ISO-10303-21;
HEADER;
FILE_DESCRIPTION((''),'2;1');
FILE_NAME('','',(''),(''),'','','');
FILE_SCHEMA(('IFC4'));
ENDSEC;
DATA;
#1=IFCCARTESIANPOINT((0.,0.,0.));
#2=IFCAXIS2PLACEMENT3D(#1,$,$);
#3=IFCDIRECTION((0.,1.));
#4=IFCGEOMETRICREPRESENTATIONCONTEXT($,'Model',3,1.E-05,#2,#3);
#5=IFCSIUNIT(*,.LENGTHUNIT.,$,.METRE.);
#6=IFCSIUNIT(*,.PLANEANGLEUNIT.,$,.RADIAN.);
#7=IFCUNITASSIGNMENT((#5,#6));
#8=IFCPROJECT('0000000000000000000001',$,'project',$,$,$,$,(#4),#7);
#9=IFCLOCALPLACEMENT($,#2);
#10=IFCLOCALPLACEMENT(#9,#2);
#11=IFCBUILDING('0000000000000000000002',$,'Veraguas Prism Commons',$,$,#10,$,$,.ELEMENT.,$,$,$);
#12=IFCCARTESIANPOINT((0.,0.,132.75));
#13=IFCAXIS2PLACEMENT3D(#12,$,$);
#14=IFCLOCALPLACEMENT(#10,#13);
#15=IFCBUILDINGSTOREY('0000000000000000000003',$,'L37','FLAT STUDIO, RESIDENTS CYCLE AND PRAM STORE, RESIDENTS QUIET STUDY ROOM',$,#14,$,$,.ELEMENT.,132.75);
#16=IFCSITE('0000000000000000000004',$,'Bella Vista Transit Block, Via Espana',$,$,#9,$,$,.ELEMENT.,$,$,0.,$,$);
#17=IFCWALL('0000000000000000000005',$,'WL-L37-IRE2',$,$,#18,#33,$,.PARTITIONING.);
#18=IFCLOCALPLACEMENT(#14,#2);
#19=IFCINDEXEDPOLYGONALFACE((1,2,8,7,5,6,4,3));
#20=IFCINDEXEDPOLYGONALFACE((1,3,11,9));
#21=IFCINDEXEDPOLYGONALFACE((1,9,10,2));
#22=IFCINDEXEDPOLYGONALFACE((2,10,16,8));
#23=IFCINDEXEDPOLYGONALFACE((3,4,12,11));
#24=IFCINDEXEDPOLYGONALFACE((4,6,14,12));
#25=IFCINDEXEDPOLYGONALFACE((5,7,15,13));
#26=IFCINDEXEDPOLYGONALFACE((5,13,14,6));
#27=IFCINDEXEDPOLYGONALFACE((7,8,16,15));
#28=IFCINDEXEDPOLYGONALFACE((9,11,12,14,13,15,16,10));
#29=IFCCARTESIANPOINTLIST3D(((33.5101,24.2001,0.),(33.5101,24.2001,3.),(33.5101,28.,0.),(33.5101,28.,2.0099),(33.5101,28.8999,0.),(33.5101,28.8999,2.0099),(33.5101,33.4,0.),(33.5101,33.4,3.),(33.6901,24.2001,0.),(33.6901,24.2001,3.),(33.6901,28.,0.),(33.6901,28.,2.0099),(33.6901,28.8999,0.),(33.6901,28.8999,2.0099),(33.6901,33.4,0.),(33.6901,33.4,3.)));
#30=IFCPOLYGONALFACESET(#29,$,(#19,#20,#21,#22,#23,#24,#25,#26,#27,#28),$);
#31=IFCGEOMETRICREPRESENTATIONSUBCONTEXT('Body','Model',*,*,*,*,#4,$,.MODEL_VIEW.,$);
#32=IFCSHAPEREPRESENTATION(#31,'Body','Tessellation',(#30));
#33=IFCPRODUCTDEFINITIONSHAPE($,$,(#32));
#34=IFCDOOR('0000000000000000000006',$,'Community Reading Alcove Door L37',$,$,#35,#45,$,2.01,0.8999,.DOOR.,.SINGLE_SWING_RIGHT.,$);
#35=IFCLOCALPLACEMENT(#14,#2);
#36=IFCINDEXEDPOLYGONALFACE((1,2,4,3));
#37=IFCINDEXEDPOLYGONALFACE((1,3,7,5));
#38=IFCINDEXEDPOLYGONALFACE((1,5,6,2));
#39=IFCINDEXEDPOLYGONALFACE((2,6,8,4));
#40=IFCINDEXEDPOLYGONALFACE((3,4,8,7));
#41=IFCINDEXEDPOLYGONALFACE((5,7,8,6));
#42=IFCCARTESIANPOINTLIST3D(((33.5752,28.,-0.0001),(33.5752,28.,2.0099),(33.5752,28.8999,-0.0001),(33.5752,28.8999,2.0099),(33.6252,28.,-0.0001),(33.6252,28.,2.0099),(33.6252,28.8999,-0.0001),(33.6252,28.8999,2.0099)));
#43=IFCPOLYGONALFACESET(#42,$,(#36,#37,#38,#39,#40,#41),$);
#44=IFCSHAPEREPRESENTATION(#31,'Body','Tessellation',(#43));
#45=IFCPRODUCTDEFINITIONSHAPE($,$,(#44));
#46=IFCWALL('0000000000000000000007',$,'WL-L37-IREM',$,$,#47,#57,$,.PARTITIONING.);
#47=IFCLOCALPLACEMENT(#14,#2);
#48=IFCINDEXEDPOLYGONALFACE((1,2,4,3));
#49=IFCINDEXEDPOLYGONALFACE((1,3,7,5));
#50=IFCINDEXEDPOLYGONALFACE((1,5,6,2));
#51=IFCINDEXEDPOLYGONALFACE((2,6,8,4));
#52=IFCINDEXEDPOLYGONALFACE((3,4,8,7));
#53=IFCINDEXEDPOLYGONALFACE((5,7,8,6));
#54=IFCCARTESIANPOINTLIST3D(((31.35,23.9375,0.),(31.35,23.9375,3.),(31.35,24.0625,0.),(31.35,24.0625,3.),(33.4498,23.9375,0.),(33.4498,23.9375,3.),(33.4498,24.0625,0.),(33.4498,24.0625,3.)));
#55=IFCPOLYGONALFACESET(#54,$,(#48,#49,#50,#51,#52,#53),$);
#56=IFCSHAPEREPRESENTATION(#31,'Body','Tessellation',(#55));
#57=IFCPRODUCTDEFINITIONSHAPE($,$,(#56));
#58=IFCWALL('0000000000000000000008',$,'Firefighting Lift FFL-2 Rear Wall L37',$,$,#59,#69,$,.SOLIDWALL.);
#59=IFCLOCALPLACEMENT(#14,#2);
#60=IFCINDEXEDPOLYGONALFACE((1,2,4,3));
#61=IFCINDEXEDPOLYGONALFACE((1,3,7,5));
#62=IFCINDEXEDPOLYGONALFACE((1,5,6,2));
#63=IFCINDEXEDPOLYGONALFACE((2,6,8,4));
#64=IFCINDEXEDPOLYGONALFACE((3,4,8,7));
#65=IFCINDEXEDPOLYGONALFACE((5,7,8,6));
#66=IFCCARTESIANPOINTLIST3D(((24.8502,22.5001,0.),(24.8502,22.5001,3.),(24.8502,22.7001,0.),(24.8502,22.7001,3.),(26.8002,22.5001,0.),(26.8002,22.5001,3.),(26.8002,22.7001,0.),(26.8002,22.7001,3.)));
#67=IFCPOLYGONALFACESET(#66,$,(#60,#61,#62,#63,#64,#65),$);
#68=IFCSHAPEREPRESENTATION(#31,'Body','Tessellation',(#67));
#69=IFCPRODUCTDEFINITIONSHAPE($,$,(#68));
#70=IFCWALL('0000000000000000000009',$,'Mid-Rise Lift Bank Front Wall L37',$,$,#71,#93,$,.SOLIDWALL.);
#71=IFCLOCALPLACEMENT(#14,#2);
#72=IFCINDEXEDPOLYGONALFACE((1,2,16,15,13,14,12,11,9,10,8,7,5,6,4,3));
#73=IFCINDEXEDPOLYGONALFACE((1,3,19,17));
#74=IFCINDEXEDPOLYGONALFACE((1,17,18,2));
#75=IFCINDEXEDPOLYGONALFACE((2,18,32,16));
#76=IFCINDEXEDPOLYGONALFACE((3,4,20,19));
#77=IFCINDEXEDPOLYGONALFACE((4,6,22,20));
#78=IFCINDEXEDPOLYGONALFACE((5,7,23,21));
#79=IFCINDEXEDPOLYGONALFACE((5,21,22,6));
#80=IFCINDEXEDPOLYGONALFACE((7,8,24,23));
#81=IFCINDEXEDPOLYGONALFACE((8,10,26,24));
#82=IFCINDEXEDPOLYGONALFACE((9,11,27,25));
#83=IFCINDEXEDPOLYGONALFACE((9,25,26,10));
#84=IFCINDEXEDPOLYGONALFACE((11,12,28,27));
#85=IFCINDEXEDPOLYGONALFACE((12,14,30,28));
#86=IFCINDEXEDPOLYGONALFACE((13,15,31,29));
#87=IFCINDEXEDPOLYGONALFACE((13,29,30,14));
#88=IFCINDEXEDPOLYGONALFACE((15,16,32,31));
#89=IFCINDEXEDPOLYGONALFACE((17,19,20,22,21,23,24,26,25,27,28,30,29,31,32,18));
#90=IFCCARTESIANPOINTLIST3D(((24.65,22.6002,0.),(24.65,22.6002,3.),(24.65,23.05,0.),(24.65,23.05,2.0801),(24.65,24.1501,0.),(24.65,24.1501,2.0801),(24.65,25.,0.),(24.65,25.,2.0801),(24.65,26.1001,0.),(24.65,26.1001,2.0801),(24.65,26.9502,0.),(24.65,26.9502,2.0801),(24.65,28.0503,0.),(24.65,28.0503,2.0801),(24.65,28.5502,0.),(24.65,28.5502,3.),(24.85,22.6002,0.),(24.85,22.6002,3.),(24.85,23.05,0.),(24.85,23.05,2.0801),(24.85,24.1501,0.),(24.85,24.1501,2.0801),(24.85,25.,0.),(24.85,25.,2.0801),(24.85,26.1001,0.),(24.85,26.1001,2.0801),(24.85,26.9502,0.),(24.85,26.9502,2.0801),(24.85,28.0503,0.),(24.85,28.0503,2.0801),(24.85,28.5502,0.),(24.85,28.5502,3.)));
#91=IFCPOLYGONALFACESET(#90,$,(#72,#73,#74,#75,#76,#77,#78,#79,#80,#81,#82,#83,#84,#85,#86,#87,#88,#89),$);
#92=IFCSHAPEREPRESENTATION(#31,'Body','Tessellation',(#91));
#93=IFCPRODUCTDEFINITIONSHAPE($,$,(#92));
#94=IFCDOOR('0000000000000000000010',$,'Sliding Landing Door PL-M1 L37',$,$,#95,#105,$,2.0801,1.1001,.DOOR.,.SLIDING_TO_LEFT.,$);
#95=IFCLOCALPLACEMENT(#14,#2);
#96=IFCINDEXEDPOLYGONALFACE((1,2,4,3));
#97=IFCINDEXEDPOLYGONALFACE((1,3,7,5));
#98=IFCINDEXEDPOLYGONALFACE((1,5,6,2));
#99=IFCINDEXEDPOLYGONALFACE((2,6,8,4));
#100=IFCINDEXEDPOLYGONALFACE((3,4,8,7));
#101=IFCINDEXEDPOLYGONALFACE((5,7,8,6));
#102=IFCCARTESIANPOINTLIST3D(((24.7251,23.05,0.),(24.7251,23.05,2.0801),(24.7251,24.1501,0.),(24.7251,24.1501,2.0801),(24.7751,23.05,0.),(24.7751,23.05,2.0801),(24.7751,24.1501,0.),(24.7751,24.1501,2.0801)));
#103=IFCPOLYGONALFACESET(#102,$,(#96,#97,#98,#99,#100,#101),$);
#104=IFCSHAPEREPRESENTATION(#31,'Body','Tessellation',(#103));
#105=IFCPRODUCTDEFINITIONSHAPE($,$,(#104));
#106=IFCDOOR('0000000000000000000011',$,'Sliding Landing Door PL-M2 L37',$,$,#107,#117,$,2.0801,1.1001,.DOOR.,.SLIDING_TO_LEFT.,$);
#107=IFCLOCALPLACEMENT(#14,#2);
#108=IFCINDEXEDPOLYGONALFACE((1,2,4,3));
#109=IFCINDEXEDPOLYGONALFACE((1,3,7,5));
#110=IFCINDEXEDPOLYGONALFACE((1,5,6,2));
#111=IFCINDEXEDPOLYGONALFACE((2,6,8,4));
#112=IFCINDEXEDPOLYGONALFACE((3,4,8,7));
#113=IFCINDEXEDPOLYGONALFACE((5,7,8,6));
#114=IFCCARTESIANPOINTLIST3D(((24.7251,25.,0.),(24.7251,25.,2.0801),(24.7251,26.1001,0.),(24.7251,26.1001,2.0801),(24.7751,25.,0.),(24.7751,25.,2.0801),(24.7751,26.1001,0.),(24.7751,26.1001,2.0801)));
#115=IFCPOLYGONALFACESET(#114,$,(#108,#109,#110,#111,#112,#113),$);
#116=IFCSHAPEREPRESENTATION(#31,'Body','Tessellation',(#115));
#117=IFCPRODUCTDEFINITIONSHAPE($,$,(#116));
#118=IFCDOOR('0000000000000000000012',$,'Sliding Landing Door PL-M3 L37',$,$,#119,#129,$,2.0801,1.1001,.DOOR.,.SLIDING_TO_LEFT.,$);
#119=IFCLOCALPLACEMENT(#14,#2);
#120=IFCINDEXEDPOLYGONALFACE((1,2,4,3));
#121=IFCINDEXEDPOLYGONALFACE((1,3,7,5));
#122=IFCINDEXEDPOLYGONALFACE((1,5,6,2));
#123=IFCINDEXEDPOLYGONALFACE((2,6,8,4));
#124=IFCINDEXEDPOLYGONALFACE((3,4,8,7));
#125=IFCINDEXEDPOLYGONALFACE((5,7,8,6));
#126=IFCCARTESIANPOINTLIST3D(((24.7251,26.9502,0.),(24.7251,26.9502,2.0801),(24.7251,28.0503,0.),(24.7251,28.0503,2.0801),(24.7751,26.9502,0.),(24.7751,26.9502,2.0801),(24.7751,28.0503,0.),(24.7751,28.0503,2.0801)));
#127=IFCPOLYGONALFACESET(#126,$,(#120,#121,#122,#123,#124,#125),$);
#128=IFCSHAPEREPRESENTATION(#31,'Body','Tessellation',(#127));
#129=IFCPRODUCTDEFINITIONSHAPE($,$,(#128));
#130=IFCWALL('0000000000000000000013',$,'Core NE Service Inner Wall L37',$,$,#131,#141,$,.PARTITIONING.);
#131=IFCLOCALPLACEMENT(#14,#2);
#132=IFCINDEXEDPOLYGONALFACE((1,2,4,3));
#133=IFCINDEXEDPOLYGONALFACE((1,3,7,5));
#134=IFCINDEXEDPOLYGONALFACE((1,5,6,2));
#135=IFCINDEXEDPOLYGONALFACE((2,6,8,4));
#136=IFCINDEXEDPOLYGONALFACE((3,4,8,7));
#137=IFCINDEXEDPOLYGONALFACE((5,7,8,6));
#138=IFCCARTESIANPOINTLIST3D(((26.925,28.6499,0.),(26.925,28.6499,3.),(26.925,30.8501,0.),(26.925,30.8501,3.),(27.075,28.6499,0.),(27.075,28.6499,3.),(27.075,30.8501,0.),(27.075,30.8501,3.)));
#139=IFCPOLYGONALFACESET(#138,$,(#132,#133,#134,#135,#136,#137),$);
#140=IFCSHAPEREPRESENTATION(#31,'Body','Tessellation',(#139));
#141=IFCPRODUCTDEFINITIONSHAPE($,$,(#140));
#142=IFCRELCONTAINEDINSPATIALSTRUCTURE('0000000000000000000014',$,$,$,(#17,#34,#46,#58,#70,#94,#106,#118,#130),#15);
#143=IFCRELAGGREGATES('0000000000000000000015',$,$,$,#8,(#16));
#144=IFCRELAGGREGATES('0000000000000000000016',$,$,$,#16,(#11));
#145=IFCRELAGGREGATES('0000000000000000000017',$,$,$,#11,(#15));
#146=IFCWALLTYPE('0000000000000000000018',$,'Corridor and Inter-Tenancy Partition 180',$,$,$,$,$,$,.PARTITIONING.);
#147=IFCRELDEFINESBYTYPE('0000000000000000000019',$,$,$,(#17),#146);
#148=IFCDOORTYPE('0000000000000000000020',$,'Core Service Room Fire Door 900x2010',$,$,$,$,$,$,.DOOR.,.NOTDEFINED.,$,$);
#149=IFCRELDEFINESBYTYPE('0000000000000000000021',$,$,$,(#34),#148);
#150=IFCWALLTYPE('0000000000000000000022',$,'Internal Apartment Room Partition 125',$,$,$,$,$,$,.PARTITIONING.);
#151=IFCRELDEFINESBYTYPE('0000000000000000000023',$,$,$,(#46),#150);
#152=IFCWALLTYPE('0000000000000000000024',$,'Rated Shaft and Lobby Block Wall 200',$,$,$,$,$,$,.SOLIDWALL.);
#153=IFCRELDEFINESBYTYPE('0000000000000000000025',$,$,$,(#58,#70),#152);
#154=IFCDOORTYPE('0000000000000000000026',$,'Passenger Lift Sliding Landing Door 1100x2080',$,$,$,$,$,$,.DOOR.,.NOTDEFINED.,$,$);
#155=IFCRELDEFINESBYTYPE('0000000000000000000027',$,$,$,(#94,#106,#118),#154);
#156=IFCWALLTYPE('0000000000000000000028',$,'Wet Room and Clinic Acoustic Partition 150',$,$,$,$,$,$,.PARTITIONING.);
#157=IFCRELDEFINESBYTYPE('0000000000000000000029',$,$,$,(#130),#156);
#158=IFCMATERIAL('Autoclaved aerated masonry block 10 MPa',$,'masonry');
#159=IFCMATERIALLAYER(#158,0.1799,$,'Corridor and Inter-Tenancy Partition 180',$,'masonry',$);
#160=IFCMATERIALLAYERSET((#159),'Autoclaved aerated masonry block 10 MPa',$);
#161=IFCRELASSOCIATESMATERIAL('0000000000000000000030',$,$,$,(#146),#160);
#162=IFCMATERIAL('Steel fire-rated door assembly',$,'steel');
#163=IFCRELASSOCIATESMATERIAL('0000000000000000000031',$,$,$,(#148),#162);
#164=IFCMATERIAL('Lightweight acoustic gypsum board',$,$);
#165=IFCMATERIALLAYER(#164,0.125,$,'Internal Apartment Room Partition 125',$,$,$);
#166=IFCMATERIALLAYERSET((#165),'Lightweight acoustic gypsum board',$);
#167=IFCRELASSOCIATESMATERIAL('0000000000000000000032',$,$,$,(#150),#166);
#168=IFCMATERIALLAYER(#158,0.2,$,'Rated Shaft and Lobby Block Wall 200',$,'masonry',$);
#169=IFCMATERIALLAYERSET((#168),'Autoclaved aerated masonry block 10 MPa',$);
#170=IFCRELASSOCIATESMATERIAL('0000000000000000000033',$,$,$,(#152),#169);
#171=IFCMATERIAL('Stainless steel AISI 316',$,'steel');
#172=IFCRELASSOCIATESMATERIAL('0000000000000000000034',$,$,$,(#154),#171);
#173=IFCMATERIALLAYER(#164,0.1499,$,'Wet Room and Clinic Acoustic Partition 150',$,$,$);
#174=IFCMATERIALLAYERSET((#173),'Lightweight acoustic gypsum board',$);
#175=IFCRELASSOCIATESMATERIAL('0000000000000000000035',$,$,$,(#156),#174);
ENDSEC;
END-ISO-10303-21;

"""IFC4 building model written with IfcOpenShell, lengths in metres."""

from ifc_helpers import new_model, si_unit, direction, frame, frame_2d, origin, place, context, subcontext, project, spatial, rectangle, extrude, source, transform, mapped, material, layer, layer_set, type_object, element, fill, save


model = new_model("IFC4")

# Units and contexts
model_context = context("Model", 3, precision=1e-05, world=origin(), true_north=direction((0.0, 1.0)))
body_context = subcontext(model_context, "Body", "Model", "MODEL_VIEW")
ifc_project = project(units=[si_unit("LENGTHUNIT", "METRE"), si_unit("PLANEANGLEUNIT", "RADIAN")], contexts=[model_context])

# Site, building, storey
site_placement = place(None, origin())
site = spatial("IfcSite", under=ifc_project, at=site_placement, Name="Bella Vista Transit Block, Via Espana", CompositionType="ELEMENT", RefElevation=0.0)
building_placement = place(site_placement, origin())
building = spatial("IfcBuilding", under=site, at=building_placement, Name="Veraguas Prism Commons", CompositionType="ELEMENT")
storey_placement = place(building_placement, frame((0.0, 0.0, 132.75)))
storey = spatial("IfcBuildingStorey", under=building, at=storey_placement, Name="L37", Description="FLAT STUDIO, RESIDENTS CYCLE AND PRAM STORE, RESIDENTS QUIET STUDY ROOM", CompositionType="ELEMENT", Elevation=132.75)

# Wall, opening, door
ifc_material_1 = material(Name="Steel fire-rated door assembly", Category="steel")
ifc_material_2 = material(Name="Autoclaved aerated masonry block 10 MPa", Category="masonry")
ifc_layer_1 = layer(ifc_material_2, 0.1799, Name="Corridor and Inter-Tenancy Partition 180", Category="masonry")
ifc_layer_set_1 = layer_set([ifc_layer_1], Name="Autoclaved aerated masonry block 10 MPa")
wall_type_1 = type_object("IfcWallType", Name="Corridor and Inter-Tenancy Partition 180", PredefinedType="PARTITIONING", material=ifc_layer_set_1)
door_type_1 = type_object("IfcDoorType", Name="Core Service Room Fire Door 900x2010", OperationType="NOTDEFINED", PredefinedType="DOOR", material=ifc_material_1)
shared_shape_1 = source(origin(), body_context, "Body", "SweptSolid", [
    extrude(rectangle(XDim=0.8999, YDim=2.01, at=frame_2d((0.45, 1.0049))), frame((0.0, 0.0249, 0.0), z_axis=(0.0, -1.0, 0.0), x_axis=(1.0, 0.0, 0.0)), (0.0, 0.0, 1.0), 0.05),
])
wall_1_placement = place(storey_placement, frame((33.6001, 24.2, 0.0), z_axis=(0.0, 0.0, 1.0), x_axis=(0.0, 1.0, 0.0)))
wall_1 = element("IfcWall", 1, at=wall_1_placement, inside=storey, type_object=wall_type_1, Name="WL-L37-IRE2", PredefinedType="PARTITIONING", context=body_context, shape_type="SweptSolid", body=[
    extrude(rectangle(XDim=9.2, YDim=0.1799, at=frame_2d((4.6001, 0.0))), origin(), (0.0, 0.0, 1.0), 3.0),
])
opening_1_placement = place(wall_1_placement, frame((3.8, 0.0, 0.0)))
opening_1 = element("IfcOpeningElement", 2, at=opening_1_placement, cuts=wall_1, PredefinedType="OPENING", context=body_context, shape_type="SweptSolid", body=[
    extrude(rectangle(XDim=0.8999, YDim=2.01, at=frame_2d((0.45, 1.0049))), frame((0.0, 0.0999, 0.0), z_axis=(0.0, -1.0, 0.0), x_axis=(1.0, 0.0, 0.0)), (0.0, 0.0, 1.0), 0.2),
])
door_1_placement = place(opening_1_placement, origin())
door_1 = element("IfcDoor", 3, at=door_1_placement, inside=storey, type_object=door_type_1, Name="Community Reading Alcove Door L37", OperationType="SINGLE_SWING_RIGHT", OverallHeight=2.01, OverallWidth=0.8999, PredefinedType="DOOR", context=body_context, shape_type="MappedRepresentation", body=[
    mapped(shared_shape_1, transform((0.0, 0.0, 0.0), scale=1.0)),
])
fill(opening_1, door_1)

# Walls
ifc_material_3 = material(Name="Lightweight acoustic gypsum board")
ifc_layer_2 = layer(ifc_material_3, 0.125, Name="Internal Apartment Room Partition 125")
ifc_layer_set_2 = layer_set([ifc_layer_2], Name="Lightweight acoustic gypsum board")
wall_type_2 = type_object("IfcWallType", Name="Internal Apartment Room Partition 125", PredefinedType="PARTITIONING", material=ifc_layer_set_2)
wall_2_placement = place(storey_placement, frame((31.3501, 24.0, 0.0), z_axis=(0.0, 0.0, 1.0), x_axis=(1.0, 0.0, 0.0)))
element("IfcWall", 4, at=wall_2_placement, inside=storey, type_object=wall_type_2, Name="WL-L37-IREM", PredefinedType="PARTITIONING", context=body_context, shape_type="SweptSolid", body=[
    extrude(rectangle(XDim=2.0999, YDim=0.125, at=frame_2d((1.0498, 0.0))), origin(), (0.0, 0.0, 1.0), 3.0),
])
ifc_layer_3 = layer(ifc_material_2, 0.2, Name="Rated Shaft and Lobby Block Wall 200", Category="masonry")
ifc_layer_set_3 = layer_set([ifc_layer_3], Name="Autoclaved aerated masonry block 10 MPa")
wall_type_3 = type_object("IfcWallType", Name="Rated Shaft and Lobby Block Wall 200", PredefinedType="SOLIDWALL", material=ifc_layer_set_3)
wall_3_placement = place(storey_placement, frame((24.8501, 22.6001, 0.0), z_axis=(0.0, 0.0, 1.0), x_axis=(1.0, 0.0, 0.0)))
element("IfcWall", 5, at=wall_3_placement, inside=storey, type_object=wall_type_3, Name="Firefighting Lift FFL-2 Rear Wall L37", PredefinedType="SOLIDWALL", context=body_context, shape_type="SweptSolid", body=[
    extrude(rectangle(XDim=1.95, YDim=0.2, at=frame_2d((0.9751, 0.0))), origin(), (0.0, 0.0, 1.0), 3.0),
])

# Wall, openings, doors
wall_4_placement = place(storey_placement, frame((24.75, 22.6001, 0.0), z_axis=(0.0, 0.0, 1.0), x_axis=(0.0, 1.0, 0.0)))
wall_4 = element("IfcWall", 6, at=wall_4_placement, inside=storey, type_object=wall_type_3, Name="Mid-Rise Lift Bank Front Wall L37", PredefinedType="SOLIDWALL", context=body_context, shape_type="SweptSolid", body=[
    extrude(rectangle(XDim=5.95, YDim=0.2, at=frame_2d((2.9751, 0.0))), origin(), (0.0, 0.0, 1.0), 3.0),
])
opening_2_placement = place(wall_4_placement, frame((0.45, 0.0, 0.0)))
opening_2 = element("IfcOpeningElement", 7, at=opening_2_placement, cuts=wall_4, PredefinedType="OPENING", context=body_context, shape_type="SweptSolid", body=[
    extrude(rectangle(XDim=1.1001, YDim=2.0801, at=frame_2d((0.55, 1.04))), frame((0.0, 0.1099, 0.0), z_axis=(0.0, -1.0, 0.0), x_axis=(1.0, 0.0, 0.0)), (0.0, 0.0, 1.0), 0.22),
])
opening_3_placement = place(wall_4_placement, frame((2.3999, 0.0, 0.0)))
opening_3 = element("IfcOpeningElement", 8, at=opening_3_placement, cuts=wall_4, PredefinedType="OPENING", context=body_context, shape_type="SweptSolid", body=[
    extrude(rectangle(XDim=1.1001, YDim=2.0801, at=frame_2d((0.55, 1.04))), frame((0.0, 0.1099, 0.0), z_axis=(0.0, -1.0, 0.0), x_axis=(1.0, 0.0, 0.0)), (0.0, 0.0, 1.0), 0.22),
])
opening_4_placement = place(wall_4_placement, frame((4.3501, 0.0, 0.0)))
opening_4 = element("IfcOpeningElement", 9, at=opening_4_placement, cuts=wall_4, PredefinedType="OPENING", context=body_context, shape_type="SweptSolid", body=[
    extrude(rectangle(XDim=1.1001, YDim=2.0801, at=frame_2d((0.55, 1.04))), frame((0.0, 0.1099, 0.0), z_axis=(0.0, -1.0, 0.0), x_axis=(1.0, 0.0, 0.0)), (0.0, 0.0, 1.0), 0.22),
])
ifc_material_4 = material(Name="Stainless steel AISI 316", Category="steel")
door_type_2 = type_object("IfcDoorType", Name="Passenger Lift Sliding Landing Door 1100x2080", OperationType="NOTDEFINED", PredefinedType="DOOR", material=ifc_material_4)
shared_shape_2 = source(origin(), body_context, "Body", "SweptSolid", [
    extrude(rectangle(XDim=1.1001, YDim=2.0801, at=frame_2d((0.55, 1.04))), frame((0.0, 0.0249, 0.0), z_axis=(0.0, -1.0, 0.0), x_axis=(1.0, 0.0, 0.0)), (0.0, 0.0, 1.0), 0.05),
])
door_2_placement = place(opening_2_placement, origin())
door_2 = element("IfcDoor", 10, at=door_2_placement, inside=storey, type_object=door_type_2, Name="Sliding Landing Door PL-M1 L37", OperationType="SLIDING_TO_LEFT", OverallHeight=2.0801, OverallWidth=1.1001, PredefinedType="DOOR", context=body_context, shape_type="MappedRepresentation", body=[
    mapped(shared_shape_2, transform((0.0, 0.0, 0.0), scale=1.0)),
])
fill(opening_2, door_2)
door_3_placement = place(opening_3_placement, origin())
door_3 = element("IfcDoor", 11, at=door_3_placement, inside=storey, type_object=door_type_2, Name="Sliding Landing Door PL-M2 L37", OperationType="SLIDING_TO_LEFT", OverallHeight=2.0801, OverallWidth=1.1001, PredefinedType="DOOR", context=body_context, shape_type="MappedRepresentation", body=[
    mapped(shared_shape_2, transform((0.0, 0.0, 0.0), scale=1.0)),
])
fill(opening_3, door_3)
door_4_placement = place(opening_4_placement, origin())
door_4 = element("IfcDoor", 12, at=door_4_placement, inside=storey, type_object=door_type_2, Name="Sliding Landing Door PL-M3 L37", OperationType="SLIDING_TO_LEFT", OverallHeight=2.0801, OverallWidth=1.1001, PredefinedType="DOOR", context=body_context, shape_type="MappedRepresentation", body=[
    mapped(shared_shape_2, transform((0.0, 0.0, 0.0), scale=1.0)),
])
fill(opening_4, door_4)

# Wall
ifc_layer_4 = layer(ifc_material_3, 0.1499, Name="Wet Room and Clinic Acoustic Partition 150")
ifc_layer_set_4 = layer_set([ifc_layer_4], Name="Lightweight acoustic gypsum board")
wall_type_4 = type_object("IfcWallType", Name="Wet Room and Clinic Acoustic Partition 150", PredefinedType="PARTITIONING", material=ifc_layer_set_4)
wall_5_placement = place(storey_placement, frame((27.0, 28.6499, 0.0), z_axis=(0.0, 0.0, 1.0), x_axis=(0.0, 1.0, 0.0)))
element("IfcWall", 13, at=wall_5_placement, inside=storey, type_object=wall_type_4, Name="Core NE Service Inner Wall L37", PredefinedType="PARTITIONING", context=body_context, shape_type="SweptSolid", body=[
    extrude(rectangle(XDim=2.2002, YDim=0.1499, at=frame_2d((1.1001, 0.0))), origin(), (0.0, 0.0, 1.0), 3.0),
])

save(model, "model.ifc")
